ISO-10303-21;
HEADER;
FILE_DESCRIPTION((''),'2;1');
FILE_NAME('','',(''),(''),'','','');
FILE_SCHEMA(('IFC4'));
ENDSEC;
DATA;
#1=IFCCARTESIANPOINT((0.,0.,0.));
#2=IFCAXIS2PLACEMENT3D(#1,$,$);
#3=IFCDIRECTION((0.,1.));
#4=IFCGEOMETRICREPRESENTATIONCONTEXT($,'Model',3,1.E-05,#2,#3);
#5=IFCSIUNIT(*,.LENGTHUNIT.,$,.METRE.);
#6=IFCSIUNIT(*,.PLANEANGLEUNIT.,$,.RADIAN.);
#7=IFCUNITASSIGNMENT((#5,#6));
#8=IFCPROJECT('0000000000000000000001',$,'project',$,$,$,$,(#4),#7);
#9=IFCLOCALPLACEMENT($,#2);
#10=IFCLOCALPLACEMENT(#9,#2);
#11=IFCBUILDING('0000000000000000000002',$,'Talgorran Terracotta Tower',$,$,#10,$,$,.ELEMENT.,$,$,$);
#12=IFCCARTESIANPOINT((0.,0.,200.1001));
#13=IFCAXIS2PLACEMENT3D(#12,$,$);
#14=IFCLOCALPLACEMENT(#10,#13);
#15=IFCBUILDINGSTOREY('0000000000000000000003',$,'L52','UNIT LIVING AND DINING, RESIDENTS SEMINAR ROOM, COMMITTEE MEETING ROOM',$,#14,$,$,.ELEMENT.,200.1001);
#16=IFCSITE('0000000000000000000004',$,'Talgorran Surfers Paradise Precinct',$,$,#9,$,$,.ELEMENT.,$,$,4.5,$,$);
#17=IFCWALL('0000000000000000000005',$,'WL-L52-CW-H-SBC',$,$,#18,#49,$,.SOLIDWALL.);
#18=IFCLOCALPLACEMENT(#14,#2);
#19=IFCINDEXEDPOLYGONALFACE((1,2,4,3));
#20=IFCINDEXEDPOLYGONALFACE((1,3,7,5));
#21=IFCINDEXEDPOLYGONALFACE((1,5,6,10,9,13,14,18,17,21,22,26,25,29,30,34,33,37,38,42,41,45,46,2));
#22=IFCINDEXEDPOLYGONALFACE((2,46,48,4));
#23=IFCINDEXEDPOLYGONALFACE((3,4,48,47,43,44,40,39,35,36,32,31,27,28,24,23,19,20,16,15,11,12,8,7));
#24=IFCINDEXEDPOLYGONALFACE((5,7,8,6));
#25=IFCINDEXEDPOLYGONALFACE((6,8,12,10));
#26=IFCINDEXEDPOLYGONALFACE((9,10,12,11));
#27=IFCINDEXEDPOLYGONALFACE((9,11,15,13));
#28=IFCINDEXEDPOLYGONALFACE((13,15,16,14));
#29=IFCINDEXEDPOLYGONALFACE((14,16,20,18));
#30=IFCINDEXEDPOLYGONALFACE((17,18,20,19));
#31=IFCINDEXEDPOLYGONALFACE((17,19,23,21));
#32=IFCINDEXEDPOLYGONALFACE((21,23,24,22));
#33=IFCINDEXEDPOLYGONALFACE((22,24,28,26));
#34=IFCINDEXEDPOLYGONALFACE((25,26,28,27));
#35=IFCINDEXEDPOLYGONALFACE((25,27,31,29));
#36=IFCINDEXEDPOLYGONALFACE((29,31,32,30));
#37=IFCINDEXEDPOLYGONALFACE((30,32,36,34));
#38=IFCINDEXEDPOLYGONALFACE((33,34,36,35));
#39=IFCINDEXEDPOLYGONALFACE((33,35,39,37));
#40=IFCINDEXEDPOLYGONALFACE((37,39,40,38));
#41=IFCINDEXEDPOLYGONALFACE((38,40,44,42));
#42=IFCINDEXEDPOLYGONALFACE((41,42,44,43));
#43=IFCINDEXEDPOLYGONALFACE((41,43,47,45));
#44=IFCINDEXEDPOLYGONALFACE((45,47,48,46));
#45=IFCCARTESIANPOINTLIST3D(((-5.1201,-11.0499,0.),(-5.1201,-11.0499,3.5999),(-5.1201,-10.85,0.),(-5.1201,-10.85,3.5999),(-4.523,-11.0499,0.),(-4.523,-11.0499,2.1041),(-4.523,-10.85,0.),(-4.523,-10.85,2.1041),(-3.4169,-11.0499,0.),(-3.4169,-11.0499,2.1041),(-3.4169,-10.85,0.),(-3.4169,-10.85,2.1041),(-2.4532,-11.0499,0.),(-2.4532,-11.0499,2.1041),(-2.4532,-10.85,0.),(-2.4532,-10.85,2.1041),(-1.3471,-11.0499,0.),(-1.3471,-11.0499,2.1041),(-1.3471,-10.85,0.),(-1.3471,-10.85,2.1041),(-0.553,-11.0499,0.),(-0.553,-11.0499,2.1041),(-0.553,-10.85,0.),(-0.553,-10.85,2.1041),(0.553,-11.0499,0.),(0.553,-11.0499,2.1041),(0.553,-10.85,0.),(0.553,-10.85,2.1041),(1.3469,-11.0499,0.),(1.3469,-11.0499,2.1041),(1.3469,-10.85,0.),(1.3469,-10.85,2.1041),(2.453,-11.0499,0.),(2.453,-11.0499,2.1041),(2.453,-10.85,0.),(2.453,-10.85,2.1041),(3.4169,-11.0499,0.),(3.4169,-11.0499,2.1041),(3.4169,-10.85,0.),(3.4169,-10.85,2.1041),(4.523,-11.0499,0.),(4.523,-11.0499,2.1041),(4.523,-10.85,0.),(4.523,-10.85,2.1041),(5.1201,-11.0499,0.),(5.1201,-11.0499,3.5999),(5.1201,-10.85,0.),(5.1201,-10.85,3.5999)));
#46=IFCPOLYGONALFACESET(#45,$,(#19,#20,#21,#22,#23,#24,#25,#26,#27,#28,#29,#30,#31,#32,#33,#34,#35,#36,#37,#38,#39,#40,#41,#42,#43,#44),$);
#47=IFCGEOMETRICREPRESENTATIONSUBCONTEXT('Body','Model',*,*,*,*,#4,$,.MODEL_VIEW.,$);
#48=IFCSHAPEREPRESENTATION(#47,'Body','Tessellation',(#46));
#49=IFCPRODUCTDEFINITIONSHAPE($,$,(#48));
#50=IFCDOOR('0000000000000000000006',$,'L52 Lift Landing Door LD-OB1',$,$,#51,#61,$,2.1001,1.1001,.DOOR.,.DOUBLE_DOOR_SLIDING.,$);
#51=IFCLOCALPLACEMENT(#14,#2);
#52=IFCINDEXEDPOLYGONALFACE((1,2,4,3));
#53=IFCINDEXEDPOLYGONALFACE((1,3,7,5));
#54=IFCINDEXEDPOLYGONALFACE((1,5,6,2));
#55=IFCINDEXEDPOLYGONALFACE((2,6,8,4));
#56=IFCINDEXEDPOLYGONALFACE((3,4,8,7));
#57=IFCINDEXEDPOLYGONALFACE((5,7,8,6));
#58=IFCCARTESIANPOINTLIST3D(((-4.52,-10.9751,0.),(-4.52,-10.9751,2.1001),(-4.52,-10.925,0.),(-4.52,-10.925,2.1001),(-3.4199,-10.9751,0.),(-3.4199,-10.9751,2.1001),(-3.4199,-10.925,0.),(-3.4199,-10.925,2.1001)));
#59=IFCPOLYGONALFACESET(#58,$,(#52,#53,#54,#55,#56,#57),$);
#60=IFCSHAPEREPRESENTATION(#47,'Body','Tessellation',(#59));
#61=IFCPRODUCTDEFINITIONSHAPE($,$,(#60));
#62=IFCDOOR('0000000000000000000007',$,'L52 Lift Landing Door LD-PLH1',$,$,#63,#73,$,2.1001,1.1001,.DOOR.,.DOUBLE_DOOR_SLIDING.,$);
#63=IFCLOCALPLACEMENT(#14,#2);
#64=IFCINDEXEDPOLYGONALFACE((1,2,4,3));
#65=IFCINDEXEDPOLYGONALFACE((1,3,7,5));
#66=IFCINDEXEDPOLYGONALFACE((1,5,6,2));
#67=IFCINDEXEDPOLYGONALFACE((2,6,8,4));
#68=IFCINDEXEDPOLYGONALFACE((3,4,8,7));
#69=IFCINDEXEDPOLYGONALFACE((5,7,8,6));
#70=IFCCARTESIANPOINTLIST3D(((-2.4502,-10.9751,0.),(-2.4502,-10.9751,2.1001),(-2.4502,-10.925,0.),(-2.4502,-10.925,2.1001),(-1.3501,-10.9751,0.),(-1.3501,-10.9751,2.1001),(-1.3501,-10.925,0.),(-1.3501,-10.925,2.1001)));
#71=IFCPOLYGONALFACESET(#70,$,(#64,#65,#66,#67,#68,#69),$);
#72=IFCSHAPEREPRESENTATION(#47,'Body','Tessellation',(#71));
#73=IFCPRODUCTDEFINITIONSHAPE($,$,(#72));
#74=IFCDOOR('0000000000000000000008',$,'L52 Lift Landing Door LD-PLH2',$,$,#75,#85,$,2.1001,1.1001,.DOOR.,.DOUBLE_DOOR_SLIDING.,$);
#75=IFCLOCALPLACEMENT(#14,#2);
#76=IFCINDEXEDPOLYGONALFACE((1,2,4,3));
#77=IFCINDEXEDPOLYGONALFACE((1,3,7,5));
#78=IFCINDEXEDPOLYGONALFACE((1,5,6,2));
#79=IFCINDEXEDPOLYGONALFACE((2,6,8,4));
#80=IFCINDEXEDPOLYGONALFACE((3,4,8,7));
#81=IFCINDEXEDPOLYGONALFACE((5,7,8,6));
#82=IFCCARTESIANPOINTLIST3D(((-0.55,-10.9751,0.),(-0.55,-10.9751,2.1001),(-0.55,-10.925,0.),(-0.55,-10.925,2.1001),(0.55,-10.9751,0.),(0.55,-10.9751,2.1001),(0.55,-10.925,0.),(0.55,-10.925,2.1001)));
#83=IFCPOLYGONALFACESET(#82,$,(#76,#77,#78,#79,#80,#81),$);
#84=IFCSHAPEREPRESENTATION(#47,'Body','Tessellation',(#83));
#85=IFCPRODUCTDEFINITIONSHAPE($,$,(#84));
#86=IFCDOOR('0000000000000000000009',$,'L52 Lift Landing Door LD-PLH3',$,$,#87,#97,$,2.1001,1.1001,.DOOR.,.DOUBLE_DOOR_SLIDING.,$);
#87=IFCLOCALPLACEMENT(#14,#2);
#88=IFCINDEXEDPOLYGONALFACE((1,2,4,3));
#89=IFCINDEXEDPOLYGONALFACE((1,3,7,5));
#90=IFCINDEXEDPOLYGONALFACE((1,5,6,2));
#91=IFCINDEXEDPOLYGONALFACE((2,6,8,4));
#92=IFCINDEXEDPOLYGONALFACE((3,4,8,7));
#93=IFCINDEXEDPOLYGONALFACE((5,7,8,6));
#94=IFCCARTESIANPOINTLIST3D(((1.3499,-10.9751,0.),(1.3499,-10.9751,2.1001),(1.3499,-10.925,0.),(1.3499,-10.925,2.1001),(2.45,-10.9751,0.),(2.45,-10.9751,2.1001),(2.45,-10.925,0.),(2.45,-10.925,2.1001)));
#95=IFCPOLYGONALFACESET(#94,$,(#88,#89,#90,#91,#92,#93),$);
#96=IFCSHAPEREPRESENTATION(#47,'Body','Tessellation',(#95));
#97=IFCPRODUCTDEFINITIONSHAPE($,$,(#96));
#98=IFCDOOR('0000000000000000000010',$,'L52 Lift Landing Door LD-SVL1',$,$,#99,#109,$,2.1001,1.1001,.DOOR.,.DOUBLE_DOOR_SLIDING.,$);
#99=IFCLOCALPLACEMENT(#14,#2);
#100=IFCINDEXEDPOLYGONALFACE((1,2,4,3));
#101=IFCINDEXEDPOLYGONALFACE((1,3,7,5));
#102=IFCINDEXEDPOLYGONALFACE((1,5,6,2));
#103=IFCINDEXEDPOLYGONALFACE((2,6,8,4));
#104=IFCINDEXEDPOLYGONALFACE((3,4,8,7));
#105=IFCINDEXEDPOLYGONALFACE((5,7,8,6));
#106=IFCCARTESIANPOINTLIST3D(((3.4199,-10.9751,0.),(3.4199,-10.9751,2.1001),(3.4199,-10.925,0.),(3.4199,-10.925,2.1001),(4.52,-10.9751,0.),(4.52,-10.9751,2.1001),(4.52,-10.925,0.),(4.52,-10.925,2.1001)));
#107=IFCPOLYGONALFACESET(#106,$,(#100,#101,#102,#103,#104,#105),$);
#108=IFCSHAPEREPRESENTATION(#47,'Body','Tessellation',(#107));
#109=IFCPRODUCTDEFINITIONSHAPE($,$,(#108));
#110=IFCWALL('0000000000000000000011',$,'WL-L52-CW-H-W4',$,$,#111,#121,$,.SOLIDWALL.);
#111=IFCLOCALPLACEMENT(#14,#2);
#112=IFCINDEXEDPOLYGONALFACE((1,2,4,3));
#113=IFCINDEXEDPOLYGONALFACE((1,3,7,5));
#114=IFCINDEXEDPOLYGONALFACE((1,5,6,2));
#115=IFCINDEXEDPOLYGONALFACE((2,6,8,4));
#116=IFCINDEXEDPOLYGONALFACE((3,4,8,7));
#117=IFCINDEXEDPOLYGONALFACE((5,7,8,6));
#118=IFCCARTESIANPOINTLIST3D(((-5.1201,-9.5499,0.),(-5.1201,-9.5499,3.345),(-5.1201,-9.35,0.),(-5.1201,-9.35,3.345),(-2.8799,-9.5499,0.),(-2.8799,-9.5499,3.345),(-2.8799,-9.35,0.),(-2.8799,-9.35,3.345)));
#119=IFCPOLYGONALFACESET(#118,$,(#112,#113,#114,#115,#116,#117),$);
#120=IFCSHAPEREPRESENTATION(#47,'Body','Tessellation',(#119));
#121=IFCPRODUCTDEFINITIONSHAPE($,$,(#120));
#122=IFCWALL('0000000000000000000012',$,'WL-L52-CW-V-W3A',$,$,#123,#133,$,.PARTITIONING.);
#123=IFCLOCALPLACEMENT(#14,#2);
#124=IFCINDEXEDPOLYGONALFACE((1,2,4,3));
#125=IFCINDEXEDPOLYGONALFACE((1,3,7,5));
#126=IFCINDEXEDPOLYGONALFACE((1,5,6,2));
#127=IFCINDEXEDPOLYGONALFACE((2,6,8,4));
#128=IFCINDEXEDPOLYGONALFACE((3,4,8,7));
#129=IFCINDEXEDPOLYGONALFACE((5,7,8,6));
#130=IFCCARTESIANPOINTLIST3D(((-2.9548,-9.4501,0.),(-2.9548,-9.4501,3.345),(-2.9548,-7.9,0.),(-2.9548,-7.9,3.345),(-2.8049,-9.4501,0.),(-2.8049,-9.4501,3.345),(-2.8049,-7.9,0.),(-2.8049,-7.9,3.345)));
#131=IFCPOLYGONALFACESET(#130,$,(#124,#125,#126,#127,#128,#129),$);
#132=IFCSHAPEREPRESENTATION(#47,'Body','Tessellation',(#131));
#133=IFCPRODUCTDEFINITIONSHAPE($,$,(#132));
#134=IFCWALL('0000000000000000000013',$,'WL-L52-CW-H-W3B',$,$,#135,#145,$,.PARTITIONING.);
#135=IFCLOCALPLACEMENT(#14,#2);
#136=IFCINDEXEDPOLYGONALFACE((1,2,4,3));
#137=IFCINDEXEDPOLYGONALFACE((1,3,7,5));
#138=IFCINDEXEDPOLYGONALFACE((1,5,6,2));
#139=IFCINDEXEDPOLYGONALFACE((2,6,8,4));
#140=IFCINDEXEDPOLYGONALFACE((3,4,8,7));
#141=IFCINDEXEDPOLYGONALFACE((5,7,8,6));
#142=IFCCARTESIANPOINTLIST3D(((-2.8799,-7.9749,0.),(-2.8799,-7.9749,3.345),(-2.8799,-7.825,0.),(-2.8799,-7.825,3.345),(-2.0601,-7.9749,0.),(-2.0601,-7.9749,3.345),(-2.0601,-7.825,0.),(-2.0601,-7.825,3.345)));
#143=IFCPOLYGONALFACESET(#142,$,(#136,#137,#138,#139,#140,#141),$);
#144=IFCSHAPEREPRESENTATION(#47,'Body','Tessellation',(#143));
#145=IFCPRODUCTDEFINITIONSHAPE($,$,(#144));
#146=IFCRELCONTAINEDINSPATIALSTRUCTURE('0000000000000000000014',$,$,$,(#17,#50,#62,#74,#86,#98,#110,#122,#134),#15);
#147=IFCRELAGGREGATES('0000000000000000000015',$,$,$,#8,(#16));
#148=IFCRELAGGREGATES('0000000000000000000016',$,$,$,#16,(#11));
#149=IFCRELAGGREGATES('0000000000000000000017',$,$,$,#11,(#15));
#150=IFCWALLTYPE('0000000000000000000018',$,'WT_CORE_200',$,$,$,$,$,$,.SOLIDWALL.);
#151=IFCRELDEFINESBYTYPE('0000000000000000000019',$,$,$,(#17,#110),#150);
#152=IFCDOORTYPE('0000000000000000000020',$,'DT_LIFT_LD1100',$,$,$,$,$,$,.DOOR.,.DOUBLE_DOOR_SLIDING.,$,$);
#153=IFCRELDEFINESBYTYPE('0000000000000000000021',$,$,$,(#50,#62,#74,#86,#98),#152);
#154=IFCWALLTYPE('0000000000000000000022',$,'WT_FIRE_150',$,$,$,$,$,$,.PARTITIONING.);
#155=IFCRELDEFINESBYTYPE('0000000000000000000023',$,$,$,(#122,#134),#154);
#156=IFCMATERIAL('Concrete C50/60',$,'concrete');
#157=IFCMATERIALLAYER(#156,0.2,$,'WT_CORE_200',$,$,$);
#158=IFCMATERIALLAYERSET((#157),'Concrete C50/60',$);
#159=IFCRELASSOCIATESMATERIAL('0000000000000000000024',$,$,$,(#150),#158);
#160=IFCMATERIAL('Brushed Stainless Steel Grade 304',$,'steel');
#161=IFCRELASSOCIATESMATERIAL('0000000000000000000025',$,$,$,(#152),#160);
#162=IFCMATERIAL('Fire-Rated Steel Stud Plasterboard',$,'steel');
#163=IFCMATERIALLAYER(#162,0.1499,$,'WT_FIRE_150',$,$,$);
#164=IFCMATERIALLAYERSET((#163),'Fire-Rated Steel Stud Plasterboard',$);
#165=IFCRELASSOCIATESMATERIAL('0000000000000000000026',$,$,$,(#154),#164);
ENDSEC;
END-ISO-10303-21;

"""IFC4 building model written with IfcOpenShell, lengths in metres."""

from ifc_helpers import new_model, si_unit, direction, frame, frame_2d, origin, place, context, subcontext, project, spatial, rectangle, extrude, material, layer, layer_set, type_object, element, fill, save


model = new_model("IFC4")

# Units and contexts
model_context = context("Model", 3, precision=1e-05, world=origin(), true_north=direction((0.0, 1.0)))
body_context = subcontext(model_context, "Body", "Model", "MODEL_VIEW")
ifc_project = project(units=[si_unit("LENGTHUNIT", "METRE"), si_unit("PLANEANGLEUNIT", "RADIAN")], contexts=[model_context])

# Site, building, storey
site_placement = place(None, origin())
site = spatial("IfcSite", under=ifc_project, at=site_placement, Name="Talgorran Surfers Paradise Precinct", CompositionType="ELEMENT", RefElevation=4.5)
building_placement = place(site_placement, origin())
building = spatial("IfcBuilding", under=site, at=building_placement, Name="Talgorran Terracotta Tower", CompositionType="ELEMENT")
storey_placement = place(building_placement, frame((0.0, 0.0, 200.1001)))
storey = spatial("IfcBuildingStorey", under=building, at=storey_placement, Name="L52", Description="UNIT LIVING AND DINING, RESIDENTS SEMINAR ROOM, COMMITTEE MEETING ROOM", CompositionType="ELEMENT", Elevation=200.1001)

# Shared definitions
ifc_material_1 = material(Name="Concrete C50/60", Category="concrete")

# Wall, openings, doors
ifc_layer_1 = layer(ifc_material_1, 0.2, Name="WT_CORE_200")
ifc_layer_set_1 = layer_set([ifc_layer_1], Name="Concrete C50/60")
wall_type_1 = type_object("IfcWallType", Name="WT_CORE_200", PredefinedType="SOLIDWALL", material=ifc_layer_set_1)
ifc_material_2 = material(Name="Brushed Stainless Steel Grade 304", Category="steel")
door_type_1 = type_object("IfcDoorType", Name="DT_LIFT_LD1100", OperationType="DOUBLE_DOOR_SLIDING", PredefinedType="DOOR", material=ifc_material_2)
wall_1_placement = place(storey_placement, frame((-5.1201, -10.95, 0.0), z_axis=(0.0, 0.0, 1.0), x_axis=(1.0, 0.0, 0.0)))
wall_1 = element("IfcWall", 1, at=wall_1_placement, inside=storey, type_object=wall_type_1, Name="WL-L52-CW-H-SBC", PredefinedType="SOLIDWALL", context=body_context, shape_type="SweptSolid", body=[
    extrude(rectangle(XDim=10.2402, YDim=0.2, at=frame_2d((5.1201, 0.0))), origin(), (0.0, 0.0, 1.0), 3.5999),
])
opening_1_placement = place(wall_1_placement, frame((0.6001, 0.0, 0.0)))
opening_1 = element("IfcOpeningElement", 2, at=opening_1_placement, cuts=wall_1, PredefinedType="OPENING", context=body_context, shape_type="SweptSolid", body=[
    extrude(rectangle(XDim=1.1061, YDim=2.1041, at=frame_2d((0.55, 1.052))), frame((0.0, 0.1099, 0.0), z_axis=(0.0, -1.0, 0.0), x_axis=(1.0, 0.0, 0.0)), (0.0, 0.0, 1.0), 0.22),
])
opening_2_placement = place(wall_1_placement, frame((2.6699, 0.0, 0.0)))
opening_2 = element("IfcOpeningElement", 3, at=opening_2_placement, cuts=wall_1, PredefinedType="OPENING", context=body_context, shape_type="SweptSolid", body=[
    extrude(rectangle(XDim=1.1061, YDim=2.1041, at=frame_2d((0.55, 1.052))), frame((0.0, 0.1099, 0.0), z_axis=(0.0, -1.0, 0.0), x_axis=(1.0, 0.0, 0.0)), (0.0, 0.0, 1.0), 0.22),
])
opening_3_placement = place(wall_1_placement, frame((4.5701, 0.0, 0.0)))
opening_3 = element("IfcOpeningElement", 4, at=opening_3_placement, cuts=wall_1, PredefinedType="OPENING", context=body_context, shape_type="SweptSolid", body=[
    extrude(rectangle(XDim=1.1061, YDim=2.1041, at=frame_2d((0.55, 1.052))), frame((0.0, 0.1099, 0.0), z_axis=(0.0, -1.0, 0.0), x_axis=(1.0, 0.0, 0.0)), (0.0, 0.0, 1.0), 0.22),
])
opening_4_placement = place(wall_1_placement, frame((6.47, 0.0, 0.0)))
opening_4 = element("IfcOpeningElement", 5, at=opening_4_placement, cuts=wall_1, PredefinedType="OPENING", context=body_context, shape_type="SweptSolid", body=[
    extrude(rectangle(XDim=1.1061, YDim=2.1041, at=frame_2d((0.55, 1.052))), frame((0.0, 0.1099, 0.0), z_axis=(0.0, -1.0, 0.0), x_axis=(1.0, 0.0, 0.0)), (0.0, 0.0, 1.0), 0.22),
])
opening_5_placement = place(wall_1_placement, frame((8.54, 0.0, 0.0)))
opening_5 = element("IfcOpeningElement", 6, at=opening_5_placement, cuts=wall_1, PredefinedType="OPENING", context=body_context, shape_type="SweptSolid", body=[
    extrude(rectangle(XDim=1.1061, YDim=2.1041, at=frame_2d((0.55, 1.052))), frame((0.0, 0.1099, 0.0), z_axis=(0.0, -1.0, 0.0), x_axis=(1.0, 0.0, 0.0)), (0.0, 0.0, 1.0), 0.22),
])
door_1_placement = place(opening_1_placement, origin())
door_1 = element("IfcDoor", 7, at=door_1_placement, inside=storey, type_object=door_type_1, Name="L52 Lift Landing Door LD-OB1", OperationType="DOUBLE_DOOR_SLIDING", OverallHeight=2.1001, OverallWidth=1.1001, PredefinedType="DOOR", context=body_context, shape_type="SweptSolid", body=[
    extrude(rectangle(XDim=1.1001, YDim=2.1001, at=frame_2d((0.55, 1.05))), frame((0.0, 0.0249, 0.0), z_axis=(0.0, -1.0, 0.0), x_axis=(1.0, 0.0, 0.0)), (0.0, 0.0, 1.0), 0.05),
])
fill(opening_1, door_1)
door_2_placement = place(opening_2_placement, origin())
door_2 = element("IfcDoor", 8, at=door_2_placement, inside=storey, type_object=door_type_1, Name="L52 Lift Landing Door LD-PLH1", OperationType="DOUBLE_DOOR_SLIDING", OverallHeight=2.1001, OverallWidth=1.1001, PredefinedType="DOOR", context=body_context, shape_type="SweptSolid", body=[
    extrude(rectangle(XDim=1.1001, YDim=2.1001, at=frame_2d((0.55, 1.05))), frame((0.0, 0.0249, 0.0), z_axis=(0.0, -1.0, 0.0), x_axis=(1.0, 0.0, 0.0)), (0.0, 0.0, 1.0), 0.05),
])
fill(opening_2, door_2)
door_3_placement = place(opening_3_placement, origin())
door_3 = element("IfcDoor", 9, at=door_3_placement, inside=storey, type_object=door_type_1, Name="L52 Lift Landing Door LD-PLH2", OperationType="DOUBLE_DOOR_SLIDING", OverallHeight=2.1001, OverallWidth=1.1001, PredefinedType="DOOR", context=body_context, shape_type="SweptSolid", body=[
    extrude(rectangle(XDim=1.1001, YDim=2.1001, at=frame_2d((0.55, 1.05))), frame((0.0, 0.0249, 0.0), z_axis=(0.0, -1.0, 0.0), x_axis=(1.0, 0.0, 0.0)), (0.0, 0.0, 1.0), 0.05),
])
fill(opening_3, door_3)
door_4_placement = place(opening_4_placement, origin())
door_4 = element("IfcDoor", 10, at=door_4_placement, inside=storey, type_object=door_type_1, Name="L52 Lift Landing Door LD-PLH3", OperationType="DOUBLE_DOOR_SLIDING", OverallHeight=2.1001, OverallWidth=1.1001, PredefinedType="DOOR", context=body_context, shape_type="SweptSolid", body=[
    extrude(rectangle(XDim=1.1001, YDim=2.1001, at=frame_2d((0.55, 1.05))), frame((0.0, 0.0249, 0.0), z_axis=(0.0, -1.0, 0.0), x_axis=(1.0, 0.0, 0.0)), (0.0, 0.0, 1.0), 0.05),
])
fill(opening_4, door_4)
door_5_placement = place(opening_5_placement, origin())
door_5 = element("IfcDoor", 11, at=door_5_placement, inside=storey, type_object=door_type_1, Name="L52 Lift Landing Door LD-SVL1", OperationType="DOUBLE_DOOR_SLIDING", OverallHeight=2.1001, OverallWidth=1.1001, PredefinedType="DOOR", context=body_context, shape_type="SweptSolid", body=[
    extrude(rectangle(XDim=1.1001, YDim=2.1001, at=frame_2d((0.55, 1.05))), frame((0.0, 0.0249, 0.0), z_axis=(0.0, -1.0, 0.0), x_axis=(1.0, 0.0, 0.0)), (0.0, 0.0, 1.0), 0.05),
])
fill(opening_5, door_5)

# Walls
wall_2_placement = place(storey_placement, frame((-5.1201, -9.45, 0.0), z_axis=(0.0, 0.0, 1.0), x_axis=(1.0, 0.0, 0.0)))
element("IfcWall", 12, at=wall_2_placement, inside=storey, type_object=wall_type_1, Name="WL-L52-CW-H-W4", PredefinedType="SOLIDWALL", context=body_context, shape_type="SweptSolid", body=[
    extrude(rectangle(XDim=2.2402, YDim=0.2, at=frame_2d((1.1201, 0.0))), origin(), (0.0, 0.0, 1.0), 3.345),
])
ifc_material_3 = material(Name="Fire-Rated Steel Stud Plasterboard", Category="steel")
ifc_layer_2 = layer(ifc_material_3, 0.1499, Name="WT_FIRE_150")
ifc_layer_set_2 = layer_set([ifc_layer_2], Name="Fire-Rated Steel Stud Plasterboard")
wall_type_2 = type_object("IfcWallType", Name="WT_FIRE_150", PredefinedType="PARTITIONING", material=ifc_layer_set_2)
wall_3_placement = place(storey_placement, frame((-2.8799, -9.45, 0.0), z_axis=(0.0, 0.0, 1.0), x_axis=(0.0, 1.0, 0.0)))
element("IfcWall", 13, at=wall_3_placement, inside=storey, type_object=wall_type_2, Name="WL-L52-CW-V-W3A", PredefinedType="PARTITIONING", context=body_context, shape_type="SweptSolid", body=[
    extrude(rectangle(XDim=1.55, YDim=0.1499, at=frame_2d((0.7749, 0.0))), origin(), (0.0, 0.0, 1.0), 3.345),
])
wall_4_placement = place(storey_placement, frame((-2.8799, -7.8999, 0.0), z_axis=(0.0, 0.0, 1.0), x_axis=(1.0, 0.0, 0.0)))
element("IfcWall", 14, at=wall_4_placement, inside=storey, type_object=wall_type_2, Name="WL-L52-CW-H-W3B", PredefinedType="PARTITIONING", context=body_context, shape_type="SweptSolid", body=[
    extrude(rectangle(XDim=0.8198, YDim=0.1499, at=frame_2d((0.4099, 0.0))), origin(), (0.0, 0.0, 1.0), 3.345),
])

save(model, "model.ifc")
